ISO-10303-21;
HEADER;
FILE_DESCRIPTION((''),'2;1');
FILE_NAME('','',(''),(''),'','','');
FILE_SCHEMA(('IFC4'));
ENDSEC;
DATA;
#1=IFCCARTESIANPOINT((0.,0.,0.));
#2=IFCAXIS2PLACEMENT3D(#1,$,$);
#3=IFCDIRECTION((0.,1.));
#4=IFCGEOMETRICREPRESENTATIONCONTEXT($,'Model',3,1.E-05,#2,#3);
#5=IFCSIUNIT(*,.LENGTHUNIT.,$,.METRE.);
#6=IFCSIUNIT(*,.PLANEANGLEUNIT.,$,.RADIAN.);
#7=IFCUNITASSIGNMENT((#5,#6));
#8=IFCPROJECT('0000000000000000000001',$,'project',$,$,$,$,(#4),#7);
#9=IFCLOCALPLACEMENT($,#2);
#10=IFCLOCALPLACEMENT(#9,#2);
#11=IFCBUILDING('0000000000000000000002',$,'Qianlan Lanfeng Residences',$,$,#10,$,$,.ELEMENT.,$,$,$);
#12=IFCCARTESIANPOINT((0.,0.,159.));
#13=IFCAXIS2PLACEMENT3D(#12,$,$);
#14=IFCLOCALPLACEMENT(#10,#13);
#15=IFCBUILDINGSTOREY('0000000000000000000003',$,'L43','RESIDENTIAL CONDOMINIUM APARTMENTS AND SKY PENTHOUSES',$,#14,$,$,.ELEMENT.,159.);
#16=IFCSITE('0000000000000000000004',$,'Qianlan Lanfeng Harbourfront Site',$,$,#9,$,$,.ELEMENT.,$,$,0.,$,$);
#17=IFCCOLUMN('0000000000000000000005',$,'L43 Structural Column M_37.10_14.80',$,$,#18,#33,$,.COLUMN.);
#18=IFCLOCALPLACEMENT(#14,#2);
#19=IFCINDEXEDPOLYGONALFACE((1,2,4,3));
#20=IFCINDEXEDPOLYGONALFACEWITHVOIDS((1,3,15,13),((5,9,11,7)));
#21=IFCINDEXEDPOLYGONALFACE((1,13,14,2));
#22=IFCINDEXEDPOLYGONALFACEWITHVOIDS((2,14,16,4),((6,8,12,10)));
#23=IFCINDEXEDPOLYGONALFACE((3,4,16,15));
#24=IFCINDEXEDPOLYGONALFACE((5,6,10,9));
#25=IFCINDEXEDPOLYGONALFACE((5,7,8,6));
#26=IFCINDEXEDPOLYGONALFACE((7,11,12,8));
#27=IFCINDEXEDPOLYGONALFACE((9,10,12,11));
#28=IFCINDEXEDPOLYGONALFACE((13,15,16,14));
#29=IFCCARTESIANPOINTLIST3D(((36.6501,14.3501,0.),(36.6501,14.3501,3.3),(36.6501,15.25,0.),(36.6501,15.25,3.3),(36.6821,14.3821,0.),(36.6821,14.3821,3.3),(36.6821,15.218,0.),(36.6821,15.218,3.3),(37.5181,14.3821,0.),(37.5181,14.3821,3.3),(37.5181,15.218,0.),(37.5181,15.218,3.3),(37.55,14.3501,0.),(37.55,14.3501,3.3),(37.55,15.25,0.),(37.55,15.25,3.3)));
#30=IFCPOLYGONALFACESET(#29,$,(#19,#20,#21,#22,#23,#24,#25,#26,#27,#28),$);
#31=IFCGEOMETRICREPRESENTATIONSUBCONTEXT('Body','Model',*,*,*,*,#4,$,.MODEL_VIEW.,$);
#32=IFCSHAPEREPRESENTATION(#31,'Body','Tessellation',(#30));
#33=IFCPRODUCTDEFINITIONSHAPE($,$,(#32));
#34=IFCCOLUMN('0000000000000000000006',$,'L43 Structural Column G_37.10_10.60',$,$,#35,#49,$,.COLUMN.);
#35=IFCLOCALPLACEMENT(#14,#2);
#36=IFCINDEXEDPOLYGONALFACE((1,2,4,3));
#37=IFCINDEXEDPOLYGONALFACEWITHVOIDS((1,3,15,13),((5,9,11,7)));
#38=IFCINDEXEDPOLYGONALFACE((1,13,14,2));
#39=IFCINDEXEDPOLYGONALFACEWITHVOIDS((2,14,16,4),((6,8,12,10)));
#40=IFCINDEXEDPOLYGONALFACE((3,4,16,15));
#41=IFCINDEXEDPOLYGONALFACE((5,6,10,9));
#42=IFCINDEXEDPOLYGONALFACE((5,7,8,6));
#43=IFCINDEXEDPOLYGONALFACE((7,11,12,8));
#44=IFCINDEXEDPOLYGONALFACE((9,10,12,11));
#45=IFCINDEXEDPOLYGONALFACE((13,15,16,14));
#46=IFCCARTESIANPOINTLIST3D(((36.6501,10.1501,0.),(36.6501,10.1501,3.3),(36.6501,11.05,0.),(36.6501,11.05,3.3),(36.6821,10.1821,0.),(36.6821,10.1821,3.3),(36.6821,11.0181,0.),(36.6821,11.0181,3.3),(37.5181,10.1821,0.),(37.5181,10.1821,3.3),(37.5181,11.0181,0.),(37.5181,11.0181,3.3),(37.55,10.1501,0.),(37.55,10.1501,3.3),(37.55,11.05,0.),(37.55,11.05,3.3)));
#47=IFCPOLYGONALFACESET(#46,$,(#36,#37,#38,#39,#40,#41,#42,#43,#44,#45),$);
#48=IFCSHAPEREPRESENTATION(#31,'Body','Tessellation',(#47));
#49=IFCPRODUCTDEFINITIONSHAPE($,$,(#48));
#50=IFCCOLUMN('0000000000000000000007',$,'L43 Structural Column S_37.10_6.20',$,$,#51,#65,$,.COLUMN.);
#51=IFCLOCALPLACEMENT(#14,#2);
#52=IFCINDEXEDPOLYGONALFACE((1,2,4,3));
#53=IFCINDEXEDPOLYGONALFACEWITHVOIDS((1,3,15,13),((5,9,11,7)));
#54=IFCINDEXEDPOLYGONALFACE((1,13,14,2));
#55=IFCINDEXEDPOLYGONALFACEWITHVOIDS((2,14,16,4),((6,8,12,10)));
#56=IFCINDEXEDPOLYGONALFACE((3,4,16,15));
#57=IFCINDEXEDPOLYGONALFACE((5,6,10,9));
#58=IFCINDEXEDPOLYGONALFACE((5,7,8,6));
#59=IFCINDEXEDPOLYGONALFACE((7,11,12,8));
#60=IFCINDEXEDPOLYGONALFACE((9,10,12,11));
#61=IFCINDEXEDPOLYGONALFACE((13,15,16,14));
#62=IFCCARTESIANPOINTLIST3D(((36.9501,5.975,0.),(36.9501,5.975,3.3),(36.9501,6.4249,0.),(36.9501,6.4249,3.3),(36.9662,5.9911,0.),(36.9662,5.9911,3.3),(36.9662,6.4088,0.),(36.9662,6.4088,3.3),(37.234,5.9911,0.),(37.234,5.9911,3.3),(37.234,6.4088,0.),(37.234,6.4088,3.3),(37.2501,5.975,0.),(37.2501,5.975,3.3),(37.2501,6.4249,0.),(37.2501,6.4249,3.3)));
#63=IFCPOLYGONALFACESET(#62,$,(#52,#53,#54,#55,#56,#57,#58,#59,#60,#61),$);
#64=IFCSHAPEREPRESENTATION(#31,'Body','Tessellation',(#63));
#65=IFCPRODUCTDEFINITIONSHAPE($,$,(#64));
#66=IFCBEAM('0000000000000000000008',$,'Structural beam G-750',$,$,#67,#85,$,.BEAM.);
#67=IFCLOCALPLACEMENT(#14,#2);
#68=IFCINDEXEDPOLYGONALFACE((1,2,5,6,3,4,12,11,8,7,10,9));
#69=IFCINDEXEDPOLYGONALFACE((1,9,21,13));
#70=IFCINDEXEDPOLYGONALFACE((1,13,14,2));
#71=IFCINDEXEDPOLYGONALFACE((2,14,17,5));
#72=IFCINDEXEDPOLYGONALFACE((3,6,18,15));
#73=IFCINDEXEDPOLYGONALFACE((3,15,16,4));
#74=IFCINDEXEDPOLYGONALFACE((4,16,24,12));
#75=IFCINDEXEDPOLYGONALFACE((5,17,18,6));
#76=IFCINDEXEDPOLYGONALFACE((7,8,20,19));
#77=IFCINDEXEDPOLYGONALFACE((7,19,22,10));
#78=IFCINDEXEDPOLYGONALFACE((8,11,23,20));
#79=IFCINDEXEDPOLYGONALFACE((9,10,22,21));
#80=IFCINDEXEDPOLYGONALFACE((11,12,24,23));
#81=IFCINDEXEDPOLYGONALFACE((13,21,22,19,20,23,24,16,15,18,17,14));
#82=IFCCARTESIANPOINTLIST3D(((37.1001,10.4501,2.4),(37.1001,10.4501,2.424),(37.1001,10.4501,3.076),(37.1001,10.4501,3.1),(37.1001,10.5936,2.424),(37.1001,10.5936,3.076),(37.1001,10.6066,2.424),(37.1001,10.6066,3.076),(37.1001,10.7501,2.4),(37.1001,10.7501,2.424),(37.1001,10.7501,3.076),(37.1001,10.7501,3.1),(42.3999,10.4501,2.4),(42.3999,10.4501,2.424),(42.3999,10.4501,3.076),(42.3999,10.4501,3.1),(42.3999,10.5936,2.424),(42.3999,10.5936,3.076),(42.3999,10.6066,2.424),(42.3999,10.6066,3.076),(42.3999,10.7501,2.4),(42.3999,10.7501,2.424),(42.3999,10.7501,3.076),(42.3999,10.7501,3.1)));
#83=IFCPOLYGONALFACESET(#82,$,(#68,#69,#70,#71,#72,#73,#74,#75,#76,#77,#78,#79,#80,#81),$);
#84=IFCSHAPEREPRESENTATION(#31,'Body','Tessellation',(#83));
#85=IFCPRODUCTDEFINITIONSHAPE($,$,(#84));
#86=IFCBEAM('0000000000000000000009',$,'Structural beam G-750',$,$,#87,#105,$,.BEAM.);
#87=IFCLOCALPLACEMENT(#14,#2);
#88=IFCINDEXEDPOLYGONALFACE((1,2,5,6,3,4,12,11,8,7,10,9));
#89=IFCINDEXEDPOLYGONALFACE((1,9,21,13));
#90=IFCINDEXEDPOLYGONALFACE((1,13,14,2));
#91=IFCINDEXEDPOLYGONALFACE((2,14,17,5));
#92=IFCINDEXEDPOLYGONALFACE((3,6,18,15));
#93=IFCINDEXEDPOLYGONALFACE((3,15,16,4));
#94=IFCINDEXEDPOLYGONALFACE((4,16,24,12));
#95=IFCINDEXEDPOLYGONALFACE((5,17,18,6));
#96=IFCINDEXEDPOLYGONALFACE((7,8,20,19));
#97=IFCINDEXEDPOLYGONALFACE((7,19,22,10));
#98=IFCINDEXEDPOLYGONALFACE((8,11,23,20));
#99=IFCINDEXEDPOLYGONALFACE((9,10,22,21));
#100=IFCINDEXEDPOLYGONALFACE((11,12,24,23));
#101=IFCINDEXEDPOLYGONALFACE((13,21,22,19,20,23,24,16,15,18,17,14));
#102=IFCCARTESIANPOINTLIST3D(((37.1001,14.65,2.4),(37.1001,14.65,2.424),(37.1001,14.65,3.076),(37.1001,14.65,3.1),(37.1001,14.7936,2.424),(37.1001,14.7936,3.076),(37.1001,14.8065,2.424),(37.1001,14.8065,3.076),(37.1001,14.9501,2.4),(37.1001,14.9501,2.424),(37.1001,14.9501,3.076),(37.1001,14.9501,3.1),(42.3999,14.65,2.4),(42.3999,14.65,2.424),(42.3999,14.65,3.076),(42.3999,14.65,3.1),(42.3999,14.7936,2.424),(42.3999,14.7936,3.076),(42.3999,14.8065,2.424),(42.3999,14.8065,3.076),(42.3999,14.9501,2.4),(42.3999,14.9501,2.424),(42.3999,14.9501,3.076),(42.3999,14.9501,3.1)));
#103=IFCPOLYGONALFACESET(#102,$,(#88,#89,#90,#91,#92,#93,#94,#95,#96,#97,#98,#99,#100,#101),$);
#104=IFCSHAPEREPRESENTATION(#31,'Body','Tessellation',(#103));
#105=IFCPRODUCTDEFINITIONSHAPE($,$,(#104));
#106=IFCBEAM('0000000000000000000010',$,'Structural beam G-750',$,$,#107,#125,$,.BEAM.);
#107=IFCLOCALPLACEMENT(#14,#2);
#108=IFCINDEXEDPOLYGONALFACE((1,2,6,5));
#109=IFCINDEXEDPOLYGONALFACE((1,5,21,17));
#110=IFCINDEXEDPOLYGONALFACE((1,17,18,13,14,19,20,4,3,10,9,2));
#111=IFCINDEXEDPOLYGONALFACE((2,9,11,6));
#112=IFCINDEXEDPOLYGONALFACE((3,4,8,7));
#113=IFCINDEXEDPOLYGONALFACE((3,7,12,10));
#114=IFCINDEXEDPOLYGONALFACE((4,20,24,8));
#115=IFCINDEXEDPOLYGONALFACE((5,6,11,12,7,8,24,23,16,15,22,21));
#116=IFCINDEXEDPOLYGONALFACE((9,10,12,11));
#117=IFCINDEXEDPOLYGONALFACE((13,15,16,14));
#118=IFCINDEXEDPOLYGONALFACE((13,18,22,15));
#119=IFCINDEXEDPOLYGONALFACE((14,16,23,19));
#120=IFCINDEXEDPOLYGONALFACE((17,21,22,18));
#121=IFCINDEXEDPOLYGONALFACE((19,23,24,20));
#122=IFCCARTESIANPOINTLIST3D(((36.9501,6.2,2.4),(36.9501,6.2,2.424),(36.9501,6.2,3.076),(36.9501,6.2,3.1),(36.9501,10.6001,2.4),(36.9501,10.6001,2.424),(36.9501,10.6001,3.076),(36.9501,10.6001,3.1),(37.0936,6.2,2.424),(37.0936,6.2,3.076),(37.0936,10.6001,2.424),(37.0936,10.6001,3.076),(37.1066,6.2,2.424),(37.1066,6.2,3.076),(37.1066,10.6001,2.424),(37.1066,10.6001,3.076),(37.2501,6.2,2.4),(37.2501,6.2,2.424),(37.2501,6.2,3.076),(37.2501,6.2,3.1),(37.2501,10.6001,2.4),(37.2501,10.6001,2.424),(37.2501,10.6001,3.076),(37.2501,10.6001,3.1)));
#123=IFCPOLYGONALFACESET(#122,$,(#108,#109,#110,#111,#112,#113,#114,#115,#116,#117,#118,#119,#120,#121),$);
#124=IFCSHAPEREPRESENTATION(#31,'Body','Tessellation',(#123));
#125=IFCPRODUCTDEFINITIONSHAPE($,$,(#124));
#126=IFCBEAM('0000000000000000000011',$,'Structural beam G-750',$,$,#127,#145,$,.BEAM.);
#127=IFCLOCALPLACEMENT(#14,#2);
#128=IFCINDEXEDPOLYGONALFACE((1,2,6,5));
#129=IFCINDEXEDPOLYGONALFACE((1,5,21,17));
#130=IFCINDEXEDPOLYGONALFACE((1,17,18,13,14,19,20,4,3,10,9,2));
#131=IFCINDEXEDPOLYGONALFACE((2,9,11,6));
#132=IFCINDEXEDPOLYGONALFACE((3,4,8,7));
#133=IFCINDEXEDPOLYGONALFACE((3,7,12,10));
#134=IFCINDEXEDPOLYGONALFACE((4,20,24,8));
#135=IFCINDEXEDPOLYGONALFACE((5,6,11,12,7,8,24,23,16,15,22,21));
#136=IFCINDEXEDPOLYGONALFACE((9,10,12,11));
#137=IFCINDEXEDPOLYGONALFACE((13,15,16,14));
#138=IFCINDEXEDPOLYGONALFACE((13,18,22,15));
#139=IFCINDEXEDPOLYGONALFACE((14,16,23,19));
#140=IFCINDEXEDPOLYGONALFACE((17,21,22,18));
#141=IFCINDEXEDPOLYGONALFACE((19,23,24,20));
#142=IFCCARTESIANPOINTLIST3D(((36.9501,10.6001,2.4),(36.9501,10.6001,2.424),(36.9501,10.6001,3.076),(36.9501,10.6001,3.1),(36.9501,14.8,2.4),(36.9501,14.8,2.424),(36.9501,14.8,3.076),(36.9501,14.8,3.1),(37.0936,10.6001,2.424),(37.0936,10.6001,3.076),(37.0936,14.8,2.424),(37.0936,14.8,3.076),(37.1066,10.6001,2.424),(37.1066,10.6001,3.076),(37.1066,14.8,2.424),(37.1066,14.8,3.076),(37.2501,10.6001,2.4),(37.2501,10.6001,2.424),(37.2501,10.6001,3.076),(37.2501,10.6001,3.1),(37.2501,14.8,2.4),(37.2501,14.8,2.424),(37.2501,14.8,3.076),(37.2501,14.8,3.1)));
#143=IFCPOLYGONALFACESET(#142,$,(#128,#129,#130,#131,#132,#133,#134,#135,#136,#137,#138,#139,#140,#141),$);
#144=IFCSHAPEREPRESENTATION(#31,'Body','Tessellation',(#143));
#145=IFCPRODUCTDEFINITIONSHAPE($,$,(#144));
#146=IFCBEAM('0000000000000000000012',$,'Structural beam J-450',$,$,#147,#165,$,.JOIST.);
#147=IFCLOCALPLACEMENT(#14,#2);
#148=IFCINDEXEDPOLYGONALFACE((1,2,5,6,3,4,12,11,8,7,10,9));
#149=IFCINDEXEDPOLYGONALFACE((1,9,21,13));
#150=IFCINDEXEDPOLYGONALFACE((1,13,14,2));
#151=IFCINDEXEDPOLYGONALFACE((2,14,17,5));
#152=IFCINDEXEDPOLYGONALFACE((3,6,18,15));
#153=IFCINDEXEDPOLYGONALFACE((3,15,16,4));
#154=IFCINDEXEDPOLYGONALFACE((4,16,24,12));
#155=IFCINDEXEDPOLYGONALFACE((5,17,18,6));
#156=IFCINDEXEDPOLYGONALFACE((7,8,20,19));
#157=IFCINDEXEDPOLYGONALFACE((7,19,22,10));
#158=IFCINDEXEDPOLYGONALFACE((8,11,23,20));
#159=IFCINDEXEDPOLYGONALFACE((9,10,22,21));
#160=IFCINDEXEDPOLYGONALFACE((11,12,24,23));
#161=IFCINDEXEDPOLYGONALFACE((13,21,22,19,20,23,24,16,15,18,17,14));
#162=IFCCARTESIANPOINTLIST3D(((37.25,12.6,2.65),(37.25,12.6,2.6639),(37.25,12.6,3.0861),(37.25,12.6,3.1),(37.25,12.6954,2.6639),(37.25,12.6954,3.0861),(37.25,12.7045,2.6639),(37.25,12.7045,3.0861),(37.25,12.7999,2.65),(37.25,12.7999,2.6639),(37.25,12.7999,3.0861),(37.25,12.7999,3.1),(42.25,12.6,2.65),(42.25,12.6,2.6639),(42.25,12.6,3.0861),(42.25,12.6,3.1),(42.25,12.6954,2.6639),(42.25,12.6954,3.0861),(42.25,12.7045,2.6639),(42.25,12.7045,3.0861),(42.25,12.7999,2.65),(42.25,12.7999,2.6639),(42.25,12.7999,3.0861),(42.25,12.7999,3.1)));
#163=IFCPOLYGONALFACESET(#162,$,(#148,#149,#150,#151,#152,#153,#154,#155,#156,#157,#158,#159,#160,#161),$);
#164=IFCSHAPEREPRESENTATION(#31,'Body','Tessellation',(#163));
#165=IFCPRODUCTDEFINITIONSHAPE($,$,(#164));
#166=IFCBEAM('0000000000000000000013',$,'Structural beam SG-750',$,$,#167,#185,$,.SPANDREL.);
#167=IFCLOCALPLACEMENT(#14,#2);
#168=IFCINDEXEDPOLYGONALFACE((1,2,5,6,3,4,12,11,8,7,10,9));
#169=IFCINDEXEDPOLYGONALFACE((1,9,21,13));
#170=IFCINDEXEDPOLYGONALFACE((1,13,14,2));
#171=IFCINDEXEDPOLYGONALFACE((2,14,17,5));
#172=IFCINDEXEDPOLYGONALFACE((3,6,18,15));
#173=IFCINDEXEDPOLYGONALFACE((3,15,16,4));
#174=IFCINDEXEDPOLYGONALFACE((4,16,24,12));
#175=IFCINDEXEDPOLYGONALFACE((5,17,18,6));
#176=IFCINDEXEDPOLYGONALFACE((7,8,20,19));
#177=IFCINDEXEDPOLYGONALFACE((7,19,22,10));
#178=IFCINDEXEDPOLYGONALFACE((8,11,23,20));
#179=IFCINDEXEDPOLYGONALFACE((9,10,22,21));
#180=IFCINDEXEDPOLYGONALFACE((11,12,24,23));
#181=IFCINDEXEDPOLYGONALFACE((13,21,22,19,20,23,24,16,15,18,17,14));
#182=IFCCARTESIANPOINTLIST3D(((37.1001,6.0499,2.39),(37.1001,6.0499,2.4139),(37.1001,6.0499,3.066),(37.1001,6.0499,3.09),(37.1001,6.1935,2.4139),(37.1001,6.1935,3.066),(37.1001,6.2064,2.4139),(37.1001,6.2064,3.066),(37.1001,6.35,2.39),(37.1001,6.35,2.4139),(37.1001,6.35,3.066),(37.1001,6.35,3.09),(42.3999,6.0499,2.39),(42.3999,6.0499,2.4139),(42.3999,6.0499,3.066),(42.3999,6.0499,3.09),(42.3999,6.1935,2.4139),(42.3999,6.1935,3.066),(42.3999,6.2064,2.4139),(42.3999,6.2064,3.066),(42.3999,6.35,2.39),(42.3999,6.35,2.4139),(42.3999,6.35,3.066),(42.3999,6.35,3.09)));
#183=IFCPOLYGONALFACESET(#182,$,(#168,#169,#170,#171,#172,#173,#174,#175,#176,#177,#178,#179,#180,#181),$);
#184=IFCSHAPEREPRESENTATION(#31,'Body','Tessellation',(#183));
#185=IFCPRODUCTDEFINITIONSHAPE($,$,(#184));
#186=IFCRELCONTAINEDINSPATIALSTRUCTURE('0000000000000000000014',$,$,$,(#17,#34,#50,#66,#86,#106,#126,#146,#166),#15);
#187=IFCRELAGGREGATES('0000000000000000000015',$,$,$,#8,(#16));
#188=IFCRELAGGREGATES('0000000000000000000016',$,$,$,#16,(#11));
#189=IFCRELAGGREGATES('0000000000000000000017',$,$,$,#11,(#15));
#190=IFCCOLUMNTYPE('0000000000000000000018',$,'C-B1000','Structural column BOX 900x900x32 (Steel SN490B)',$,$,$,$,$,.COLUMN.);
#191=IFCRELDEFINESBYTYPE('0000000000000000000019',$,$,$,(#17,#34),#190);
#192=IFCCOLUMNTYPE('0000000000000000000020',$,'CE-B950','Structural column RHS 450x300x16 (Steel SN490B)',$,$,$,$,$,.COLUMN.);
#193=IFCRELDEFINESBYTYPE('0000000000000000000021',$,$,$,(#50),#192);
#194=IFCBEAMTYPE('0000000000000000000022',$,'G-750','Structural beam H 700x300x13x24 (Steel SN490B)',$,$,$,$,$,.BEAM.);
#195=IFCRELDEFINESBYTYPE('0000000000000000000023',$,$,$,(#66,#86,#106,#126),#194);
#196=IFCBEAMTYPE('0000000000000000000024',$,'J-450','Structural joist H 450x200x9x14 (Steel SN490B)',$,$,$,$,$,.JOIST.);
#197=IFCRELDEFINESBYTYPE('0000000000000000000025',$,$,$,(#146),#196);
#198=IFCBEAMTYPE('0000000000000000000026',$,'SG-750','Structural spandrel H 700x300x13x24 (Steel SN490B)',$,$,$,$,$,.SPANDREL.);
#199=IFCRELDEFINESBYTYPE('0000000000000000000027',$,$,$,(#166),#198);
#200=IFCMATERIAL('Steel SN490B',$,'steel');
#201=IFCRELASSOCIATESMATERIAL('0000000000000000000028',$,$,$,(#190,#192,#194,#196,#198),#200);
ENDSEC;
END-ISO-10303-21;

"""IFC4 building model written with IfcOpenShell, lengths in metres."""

from ifc_helpers import new_model, si_unit, direction, frame, origin, origin_2d, place, context, subcontext, project, spatial, hollow_rectangle, i_section, extrude, material, material_profile, profile_set, type_object, element, save


model = new_model("IFC4")

# Units and contexts
model_context = context("Model", 3, precision=1e-05, world=origin(), true_north=direction((0.0, 1.0)))
body_context = subcontext(model_context, "Body", "Model", "MODEL_VIEW")
ifc_project = project(units=[si_unit("LENGTHUNIT", "METRE"), si_unit("PLANEANGLEUNIT", "RADIAN")], contexts=[model_context])

# Site, building, storey
site_placement = place(None, origin())
site = spatial("IfcSite", under=ifc_project, at=site_placement, Name="Qianlan Lanfeng Harbourfront Site", CompositionType="ELEMENT", RefElevation=0.0)
building_placement = place(site_placement, origin())
building = spatial("IfcBuilding", under=site, at=building_placement, Name="Qianlan Lanfeng Residences", CompositionType="ELEMENT")
storey_placement = place(building_placement, frame((0.0, 0.0, 159.0)))
storey = spatial("IfcBuildingStorey", under=building, at=storey_placement, Name="L43", Description="RESIDENTIAL CONDOMINIUM APARTMENTS AND SKY PENTHOUSES", CompositionType="ELEMENT", Elevation=159.0)

# Columns
ifc_material_1 = material(Name="Steel SN490B", Category="steel")
ifc_material_profile_1 = material_profile(ifc_material_1, hollow_rectangle(XDim=0.8999, YDim=0.8999, WallThickness=0.032, at=origin_2d()), Name="BOX 900x900x32")
ifc_profile_set_1 = profile_set([ifc_material_profile_1], Name="Steel SN490B")
column_type_1 = type_object("IfcColumnType", Name="C-B1000", Description="Structural column BOX 900x900x32 (Steel SN490B)", PredefinedType="COLUMN", material=ifc_profile_set_1)
for number, where, z_axis, x_axis, name in (
    (1, (37.1001, 14.8, 0.0), (0.0, 0.0, 1.0), (1.0, 0.0, 0.0), "L43 Structural Column M_37.10_14.80"),
    (2, (37.1001, 10.6001, 0.0), (0.0, 0.0, 1.0), (1.0, 0.0, 0.0), "L43 Structural Column G_37.10_10.60"),
):
    element("IfcColumn", number, at=place(storey_placement, frame(where, z_axis=z_axis, x_axis=x_axis)), inside=storey, type_object=column_type_1, Name=name, PredefinedType="COLUMN", context=body_context, shape_type="SweptSolid", body=[
        extrude(hollow_rectangle(XDim=0.8999, YDim=0.8999, WallThickness=0.032, at=origin_2d()), origin(), (0.0, 0.0, 1.0), 3.3),
    ])
ifc_material_profile_2 = material_profile(ifc_material_1, hollow_rectangle(XDim=0.3, YDim=0.45, WallThickness=0.0161, at=origin_2d()), Name="RHS 450x300x16")
ifc_profile_set_2 = profile_set([ifc_material_profile_2], Name="Steel SN490B")
column_type_2 = type_object("IfcColumnType", Name="CE-B950", Description="Structural column RHS 450x300x16 (Steel SN490B)", PredefinedType="COLUMN", material=ifc_profile_set_2)
column_placement = place(storey_placement, frame((37.1001, 6.2, 0.0), z_axis=(0.0, 0.0, 1.0), x_axis=(1.0, 0.0, 0.0)))
element("IfcColumn", 3, at=column_placement, inside=storey, type_object=column_type_2, Name="L43 Structural Column S_37.10_6.20", PredefinedType="COLUMN", context=body_context, shape_type="SweptSolid", body=[
    extrude(hollow_rectangle(XDim=0.3, YDim=0.45, WallThickness=0.0161, at=origin_2d()), origin(), (0.0, 0.0, 1.0), 3.3),
])

# Beams
ifc_material_profile_3 = material_profile(ifc_material_1, i_section(OverallWidth=0.3, OverallDepth=0.7, WebThickness=0.0129, FlangeThickness=0.0239, at=origin_2d()), Name="H 700x300x13x24")
ifc_profile_set_3 = profile_set([ifc_material_profile_3], Name="Steel SN490B")
beam_type_1 = type_object("IfcBeamType", Name="G-750", Description="Structural beam H 700x300x13x24 (Steel SN490B)", PredefinedType="BEAM", material=ifc_profile_set_3)
for number, where, z_axis, x_axis, name in (
    (4, (37.1001, 10.6001, 2.75), (1.0, 0.0, 0.0), (0.0, 1.0, 0.0), "Structural beam G-750"),
    (5, (37.1001, 14.8, 2.75), (1.0, 0.0, 0.0), (0.0, 1.0, 0.0), "Structural beam G-750"),
):
    element("IfcBeam", number, at=place(storey_placement, frame(where, z_axis=z_axis, x_axis=x_axis)), inside=storey, type_object=beam_type_1, Name=name, PredefinedType="BEAM", context=body_context, shape_type="SweptSolid", body=[
        extrude(i_section(OverallWidth=0.3, OverallDepth=0.7, WebThickness=0.0129, FlangeThickness=0.0239, at=origin_2d()), origin(), (0.0, 0.0, 1.0), 5.2998),
    ])
beam_1_placement = place(storey_placement, frame((37.1001, 6.2, 2.75), z_axis=(0.0, 1.0, 0.0), x_axis=(-1.0, 0.0, 0.0)))
element("IfcBeam", 6, at=beam_1_placement, inside=storey, type_object=beam_type_1, Name="Structural beam G-750", PredefinedType="BEAM", context=body_context, shape_type="SweptSolid", body=[
    extrude(i_section(OverallWidth=0.3, OverallDepth=0.7, WebThickness=0.0129, FlangeThickness=0.0239, at=origin_2d()), origin(), (0.0, 0.0, 1.0), 4.4001),
])
beam_2_placement = place(storey_placement, frame((37.1001, 10.6001, 2.75), z_axis=(0.0, 1.0, 0.0), x_axis=(-1.0, 0.0, 0.0)))
element("IfcBeam", 7, at=beam_2_placement, inside=storey, type_object=beam_type_1, Name="Structural beam G-750", PredefinedType="BEAM", context=body_context, shape_type="SweptSolid", body=[
    extrude(i_section(OverallWidth=0.3, OverallDepth=0.7, WebThickness=0.0129, FlangeThickness=0.0239, at=origin_2d()), origin(), (0.0, 0.0, 1.0), 4.2),
])
ifc_material_profile_4 = material_profile(ifc_material_1, i_section(OverallWidth=0.2, OverallDepth=0.45, WebThickness=0.009, FlangeThickness=0.0139, at=origin_2d()), Name="H 450x200x9x14")
ifc_profile_set_4 = profile_set([ifc_material_profile_4], Name="Steel SN490B")
beam_type_2 = type_object("IfcBeamType", Name="J-450", Description="Structural joist H 450x200x9x14 (Steel SN490B)", PredefinedType="JOIST", material=ifc_profile_set_4)
beam_3_placement = place(storey_placement, frame((37.25, 12.7, 2.875), z_axis=(1.0, 0.0, 0.0), x_axis=(0.0, 1.0, 0.0)))
element("IfcBeam", 8, at=beam_3_placement, inside=storey, type_object=beam_type_2, Name="Structural beam J-450", PredefinedType="JOIST", context=body_context, shape_type="SweptSolid", body=[
    extrude(i_section(OverallWidth=0.2, OverallDepth=0.45, WebThickness=0.009, FlangeThickness=0.0139, at=origin_2d()), origin(), (0.0, 0.0, 1.0), 5.0),
])
ifc_material_profile_5 = material_profile(ifc_material_1, i_section(OverallWidth=0.3, OverallDepth=0.7, WebThickness=0.0129, FlangeThickness=0.0239, at=origin_2d()), Name="H 700x300x13x24")
ifc_profile_set_5 = profile_set([ifc_material_profile_5], Name="Steel SN490B")
beam_type_3 = type_object("IfcBeamType", Name="SG-750", Description="Structural spandrel H 700x300x13x24 (Steel SN490B)", PredefinedType="SPANDREL", material=ifc_profile_set_5)
beam_4_placement = place(storey_placement, frame((37.1001, 6.2, 2.74), z_axis=(1.0, 0.0, 0.0), x_axis=(0.0, 1.0, 0.0)))
element("IfcBeam", 9, at=beam_4_placement, inside=storey, type_object=beam_type_3, Name="Structural beam SG-750", PredefinedType="SPANDREL", context=body_context, shape_type="SweptSolid", body=[
    extrude(i_section(OverallWidth=0.3, OverallDepth=0.7, WebThickness=0.0129, FlangeThickness=0.0239, at=origin_2d()), origin(), (0.0, 0.0, 1.0), 5.2998),
])

save(model, "model.ifc")
